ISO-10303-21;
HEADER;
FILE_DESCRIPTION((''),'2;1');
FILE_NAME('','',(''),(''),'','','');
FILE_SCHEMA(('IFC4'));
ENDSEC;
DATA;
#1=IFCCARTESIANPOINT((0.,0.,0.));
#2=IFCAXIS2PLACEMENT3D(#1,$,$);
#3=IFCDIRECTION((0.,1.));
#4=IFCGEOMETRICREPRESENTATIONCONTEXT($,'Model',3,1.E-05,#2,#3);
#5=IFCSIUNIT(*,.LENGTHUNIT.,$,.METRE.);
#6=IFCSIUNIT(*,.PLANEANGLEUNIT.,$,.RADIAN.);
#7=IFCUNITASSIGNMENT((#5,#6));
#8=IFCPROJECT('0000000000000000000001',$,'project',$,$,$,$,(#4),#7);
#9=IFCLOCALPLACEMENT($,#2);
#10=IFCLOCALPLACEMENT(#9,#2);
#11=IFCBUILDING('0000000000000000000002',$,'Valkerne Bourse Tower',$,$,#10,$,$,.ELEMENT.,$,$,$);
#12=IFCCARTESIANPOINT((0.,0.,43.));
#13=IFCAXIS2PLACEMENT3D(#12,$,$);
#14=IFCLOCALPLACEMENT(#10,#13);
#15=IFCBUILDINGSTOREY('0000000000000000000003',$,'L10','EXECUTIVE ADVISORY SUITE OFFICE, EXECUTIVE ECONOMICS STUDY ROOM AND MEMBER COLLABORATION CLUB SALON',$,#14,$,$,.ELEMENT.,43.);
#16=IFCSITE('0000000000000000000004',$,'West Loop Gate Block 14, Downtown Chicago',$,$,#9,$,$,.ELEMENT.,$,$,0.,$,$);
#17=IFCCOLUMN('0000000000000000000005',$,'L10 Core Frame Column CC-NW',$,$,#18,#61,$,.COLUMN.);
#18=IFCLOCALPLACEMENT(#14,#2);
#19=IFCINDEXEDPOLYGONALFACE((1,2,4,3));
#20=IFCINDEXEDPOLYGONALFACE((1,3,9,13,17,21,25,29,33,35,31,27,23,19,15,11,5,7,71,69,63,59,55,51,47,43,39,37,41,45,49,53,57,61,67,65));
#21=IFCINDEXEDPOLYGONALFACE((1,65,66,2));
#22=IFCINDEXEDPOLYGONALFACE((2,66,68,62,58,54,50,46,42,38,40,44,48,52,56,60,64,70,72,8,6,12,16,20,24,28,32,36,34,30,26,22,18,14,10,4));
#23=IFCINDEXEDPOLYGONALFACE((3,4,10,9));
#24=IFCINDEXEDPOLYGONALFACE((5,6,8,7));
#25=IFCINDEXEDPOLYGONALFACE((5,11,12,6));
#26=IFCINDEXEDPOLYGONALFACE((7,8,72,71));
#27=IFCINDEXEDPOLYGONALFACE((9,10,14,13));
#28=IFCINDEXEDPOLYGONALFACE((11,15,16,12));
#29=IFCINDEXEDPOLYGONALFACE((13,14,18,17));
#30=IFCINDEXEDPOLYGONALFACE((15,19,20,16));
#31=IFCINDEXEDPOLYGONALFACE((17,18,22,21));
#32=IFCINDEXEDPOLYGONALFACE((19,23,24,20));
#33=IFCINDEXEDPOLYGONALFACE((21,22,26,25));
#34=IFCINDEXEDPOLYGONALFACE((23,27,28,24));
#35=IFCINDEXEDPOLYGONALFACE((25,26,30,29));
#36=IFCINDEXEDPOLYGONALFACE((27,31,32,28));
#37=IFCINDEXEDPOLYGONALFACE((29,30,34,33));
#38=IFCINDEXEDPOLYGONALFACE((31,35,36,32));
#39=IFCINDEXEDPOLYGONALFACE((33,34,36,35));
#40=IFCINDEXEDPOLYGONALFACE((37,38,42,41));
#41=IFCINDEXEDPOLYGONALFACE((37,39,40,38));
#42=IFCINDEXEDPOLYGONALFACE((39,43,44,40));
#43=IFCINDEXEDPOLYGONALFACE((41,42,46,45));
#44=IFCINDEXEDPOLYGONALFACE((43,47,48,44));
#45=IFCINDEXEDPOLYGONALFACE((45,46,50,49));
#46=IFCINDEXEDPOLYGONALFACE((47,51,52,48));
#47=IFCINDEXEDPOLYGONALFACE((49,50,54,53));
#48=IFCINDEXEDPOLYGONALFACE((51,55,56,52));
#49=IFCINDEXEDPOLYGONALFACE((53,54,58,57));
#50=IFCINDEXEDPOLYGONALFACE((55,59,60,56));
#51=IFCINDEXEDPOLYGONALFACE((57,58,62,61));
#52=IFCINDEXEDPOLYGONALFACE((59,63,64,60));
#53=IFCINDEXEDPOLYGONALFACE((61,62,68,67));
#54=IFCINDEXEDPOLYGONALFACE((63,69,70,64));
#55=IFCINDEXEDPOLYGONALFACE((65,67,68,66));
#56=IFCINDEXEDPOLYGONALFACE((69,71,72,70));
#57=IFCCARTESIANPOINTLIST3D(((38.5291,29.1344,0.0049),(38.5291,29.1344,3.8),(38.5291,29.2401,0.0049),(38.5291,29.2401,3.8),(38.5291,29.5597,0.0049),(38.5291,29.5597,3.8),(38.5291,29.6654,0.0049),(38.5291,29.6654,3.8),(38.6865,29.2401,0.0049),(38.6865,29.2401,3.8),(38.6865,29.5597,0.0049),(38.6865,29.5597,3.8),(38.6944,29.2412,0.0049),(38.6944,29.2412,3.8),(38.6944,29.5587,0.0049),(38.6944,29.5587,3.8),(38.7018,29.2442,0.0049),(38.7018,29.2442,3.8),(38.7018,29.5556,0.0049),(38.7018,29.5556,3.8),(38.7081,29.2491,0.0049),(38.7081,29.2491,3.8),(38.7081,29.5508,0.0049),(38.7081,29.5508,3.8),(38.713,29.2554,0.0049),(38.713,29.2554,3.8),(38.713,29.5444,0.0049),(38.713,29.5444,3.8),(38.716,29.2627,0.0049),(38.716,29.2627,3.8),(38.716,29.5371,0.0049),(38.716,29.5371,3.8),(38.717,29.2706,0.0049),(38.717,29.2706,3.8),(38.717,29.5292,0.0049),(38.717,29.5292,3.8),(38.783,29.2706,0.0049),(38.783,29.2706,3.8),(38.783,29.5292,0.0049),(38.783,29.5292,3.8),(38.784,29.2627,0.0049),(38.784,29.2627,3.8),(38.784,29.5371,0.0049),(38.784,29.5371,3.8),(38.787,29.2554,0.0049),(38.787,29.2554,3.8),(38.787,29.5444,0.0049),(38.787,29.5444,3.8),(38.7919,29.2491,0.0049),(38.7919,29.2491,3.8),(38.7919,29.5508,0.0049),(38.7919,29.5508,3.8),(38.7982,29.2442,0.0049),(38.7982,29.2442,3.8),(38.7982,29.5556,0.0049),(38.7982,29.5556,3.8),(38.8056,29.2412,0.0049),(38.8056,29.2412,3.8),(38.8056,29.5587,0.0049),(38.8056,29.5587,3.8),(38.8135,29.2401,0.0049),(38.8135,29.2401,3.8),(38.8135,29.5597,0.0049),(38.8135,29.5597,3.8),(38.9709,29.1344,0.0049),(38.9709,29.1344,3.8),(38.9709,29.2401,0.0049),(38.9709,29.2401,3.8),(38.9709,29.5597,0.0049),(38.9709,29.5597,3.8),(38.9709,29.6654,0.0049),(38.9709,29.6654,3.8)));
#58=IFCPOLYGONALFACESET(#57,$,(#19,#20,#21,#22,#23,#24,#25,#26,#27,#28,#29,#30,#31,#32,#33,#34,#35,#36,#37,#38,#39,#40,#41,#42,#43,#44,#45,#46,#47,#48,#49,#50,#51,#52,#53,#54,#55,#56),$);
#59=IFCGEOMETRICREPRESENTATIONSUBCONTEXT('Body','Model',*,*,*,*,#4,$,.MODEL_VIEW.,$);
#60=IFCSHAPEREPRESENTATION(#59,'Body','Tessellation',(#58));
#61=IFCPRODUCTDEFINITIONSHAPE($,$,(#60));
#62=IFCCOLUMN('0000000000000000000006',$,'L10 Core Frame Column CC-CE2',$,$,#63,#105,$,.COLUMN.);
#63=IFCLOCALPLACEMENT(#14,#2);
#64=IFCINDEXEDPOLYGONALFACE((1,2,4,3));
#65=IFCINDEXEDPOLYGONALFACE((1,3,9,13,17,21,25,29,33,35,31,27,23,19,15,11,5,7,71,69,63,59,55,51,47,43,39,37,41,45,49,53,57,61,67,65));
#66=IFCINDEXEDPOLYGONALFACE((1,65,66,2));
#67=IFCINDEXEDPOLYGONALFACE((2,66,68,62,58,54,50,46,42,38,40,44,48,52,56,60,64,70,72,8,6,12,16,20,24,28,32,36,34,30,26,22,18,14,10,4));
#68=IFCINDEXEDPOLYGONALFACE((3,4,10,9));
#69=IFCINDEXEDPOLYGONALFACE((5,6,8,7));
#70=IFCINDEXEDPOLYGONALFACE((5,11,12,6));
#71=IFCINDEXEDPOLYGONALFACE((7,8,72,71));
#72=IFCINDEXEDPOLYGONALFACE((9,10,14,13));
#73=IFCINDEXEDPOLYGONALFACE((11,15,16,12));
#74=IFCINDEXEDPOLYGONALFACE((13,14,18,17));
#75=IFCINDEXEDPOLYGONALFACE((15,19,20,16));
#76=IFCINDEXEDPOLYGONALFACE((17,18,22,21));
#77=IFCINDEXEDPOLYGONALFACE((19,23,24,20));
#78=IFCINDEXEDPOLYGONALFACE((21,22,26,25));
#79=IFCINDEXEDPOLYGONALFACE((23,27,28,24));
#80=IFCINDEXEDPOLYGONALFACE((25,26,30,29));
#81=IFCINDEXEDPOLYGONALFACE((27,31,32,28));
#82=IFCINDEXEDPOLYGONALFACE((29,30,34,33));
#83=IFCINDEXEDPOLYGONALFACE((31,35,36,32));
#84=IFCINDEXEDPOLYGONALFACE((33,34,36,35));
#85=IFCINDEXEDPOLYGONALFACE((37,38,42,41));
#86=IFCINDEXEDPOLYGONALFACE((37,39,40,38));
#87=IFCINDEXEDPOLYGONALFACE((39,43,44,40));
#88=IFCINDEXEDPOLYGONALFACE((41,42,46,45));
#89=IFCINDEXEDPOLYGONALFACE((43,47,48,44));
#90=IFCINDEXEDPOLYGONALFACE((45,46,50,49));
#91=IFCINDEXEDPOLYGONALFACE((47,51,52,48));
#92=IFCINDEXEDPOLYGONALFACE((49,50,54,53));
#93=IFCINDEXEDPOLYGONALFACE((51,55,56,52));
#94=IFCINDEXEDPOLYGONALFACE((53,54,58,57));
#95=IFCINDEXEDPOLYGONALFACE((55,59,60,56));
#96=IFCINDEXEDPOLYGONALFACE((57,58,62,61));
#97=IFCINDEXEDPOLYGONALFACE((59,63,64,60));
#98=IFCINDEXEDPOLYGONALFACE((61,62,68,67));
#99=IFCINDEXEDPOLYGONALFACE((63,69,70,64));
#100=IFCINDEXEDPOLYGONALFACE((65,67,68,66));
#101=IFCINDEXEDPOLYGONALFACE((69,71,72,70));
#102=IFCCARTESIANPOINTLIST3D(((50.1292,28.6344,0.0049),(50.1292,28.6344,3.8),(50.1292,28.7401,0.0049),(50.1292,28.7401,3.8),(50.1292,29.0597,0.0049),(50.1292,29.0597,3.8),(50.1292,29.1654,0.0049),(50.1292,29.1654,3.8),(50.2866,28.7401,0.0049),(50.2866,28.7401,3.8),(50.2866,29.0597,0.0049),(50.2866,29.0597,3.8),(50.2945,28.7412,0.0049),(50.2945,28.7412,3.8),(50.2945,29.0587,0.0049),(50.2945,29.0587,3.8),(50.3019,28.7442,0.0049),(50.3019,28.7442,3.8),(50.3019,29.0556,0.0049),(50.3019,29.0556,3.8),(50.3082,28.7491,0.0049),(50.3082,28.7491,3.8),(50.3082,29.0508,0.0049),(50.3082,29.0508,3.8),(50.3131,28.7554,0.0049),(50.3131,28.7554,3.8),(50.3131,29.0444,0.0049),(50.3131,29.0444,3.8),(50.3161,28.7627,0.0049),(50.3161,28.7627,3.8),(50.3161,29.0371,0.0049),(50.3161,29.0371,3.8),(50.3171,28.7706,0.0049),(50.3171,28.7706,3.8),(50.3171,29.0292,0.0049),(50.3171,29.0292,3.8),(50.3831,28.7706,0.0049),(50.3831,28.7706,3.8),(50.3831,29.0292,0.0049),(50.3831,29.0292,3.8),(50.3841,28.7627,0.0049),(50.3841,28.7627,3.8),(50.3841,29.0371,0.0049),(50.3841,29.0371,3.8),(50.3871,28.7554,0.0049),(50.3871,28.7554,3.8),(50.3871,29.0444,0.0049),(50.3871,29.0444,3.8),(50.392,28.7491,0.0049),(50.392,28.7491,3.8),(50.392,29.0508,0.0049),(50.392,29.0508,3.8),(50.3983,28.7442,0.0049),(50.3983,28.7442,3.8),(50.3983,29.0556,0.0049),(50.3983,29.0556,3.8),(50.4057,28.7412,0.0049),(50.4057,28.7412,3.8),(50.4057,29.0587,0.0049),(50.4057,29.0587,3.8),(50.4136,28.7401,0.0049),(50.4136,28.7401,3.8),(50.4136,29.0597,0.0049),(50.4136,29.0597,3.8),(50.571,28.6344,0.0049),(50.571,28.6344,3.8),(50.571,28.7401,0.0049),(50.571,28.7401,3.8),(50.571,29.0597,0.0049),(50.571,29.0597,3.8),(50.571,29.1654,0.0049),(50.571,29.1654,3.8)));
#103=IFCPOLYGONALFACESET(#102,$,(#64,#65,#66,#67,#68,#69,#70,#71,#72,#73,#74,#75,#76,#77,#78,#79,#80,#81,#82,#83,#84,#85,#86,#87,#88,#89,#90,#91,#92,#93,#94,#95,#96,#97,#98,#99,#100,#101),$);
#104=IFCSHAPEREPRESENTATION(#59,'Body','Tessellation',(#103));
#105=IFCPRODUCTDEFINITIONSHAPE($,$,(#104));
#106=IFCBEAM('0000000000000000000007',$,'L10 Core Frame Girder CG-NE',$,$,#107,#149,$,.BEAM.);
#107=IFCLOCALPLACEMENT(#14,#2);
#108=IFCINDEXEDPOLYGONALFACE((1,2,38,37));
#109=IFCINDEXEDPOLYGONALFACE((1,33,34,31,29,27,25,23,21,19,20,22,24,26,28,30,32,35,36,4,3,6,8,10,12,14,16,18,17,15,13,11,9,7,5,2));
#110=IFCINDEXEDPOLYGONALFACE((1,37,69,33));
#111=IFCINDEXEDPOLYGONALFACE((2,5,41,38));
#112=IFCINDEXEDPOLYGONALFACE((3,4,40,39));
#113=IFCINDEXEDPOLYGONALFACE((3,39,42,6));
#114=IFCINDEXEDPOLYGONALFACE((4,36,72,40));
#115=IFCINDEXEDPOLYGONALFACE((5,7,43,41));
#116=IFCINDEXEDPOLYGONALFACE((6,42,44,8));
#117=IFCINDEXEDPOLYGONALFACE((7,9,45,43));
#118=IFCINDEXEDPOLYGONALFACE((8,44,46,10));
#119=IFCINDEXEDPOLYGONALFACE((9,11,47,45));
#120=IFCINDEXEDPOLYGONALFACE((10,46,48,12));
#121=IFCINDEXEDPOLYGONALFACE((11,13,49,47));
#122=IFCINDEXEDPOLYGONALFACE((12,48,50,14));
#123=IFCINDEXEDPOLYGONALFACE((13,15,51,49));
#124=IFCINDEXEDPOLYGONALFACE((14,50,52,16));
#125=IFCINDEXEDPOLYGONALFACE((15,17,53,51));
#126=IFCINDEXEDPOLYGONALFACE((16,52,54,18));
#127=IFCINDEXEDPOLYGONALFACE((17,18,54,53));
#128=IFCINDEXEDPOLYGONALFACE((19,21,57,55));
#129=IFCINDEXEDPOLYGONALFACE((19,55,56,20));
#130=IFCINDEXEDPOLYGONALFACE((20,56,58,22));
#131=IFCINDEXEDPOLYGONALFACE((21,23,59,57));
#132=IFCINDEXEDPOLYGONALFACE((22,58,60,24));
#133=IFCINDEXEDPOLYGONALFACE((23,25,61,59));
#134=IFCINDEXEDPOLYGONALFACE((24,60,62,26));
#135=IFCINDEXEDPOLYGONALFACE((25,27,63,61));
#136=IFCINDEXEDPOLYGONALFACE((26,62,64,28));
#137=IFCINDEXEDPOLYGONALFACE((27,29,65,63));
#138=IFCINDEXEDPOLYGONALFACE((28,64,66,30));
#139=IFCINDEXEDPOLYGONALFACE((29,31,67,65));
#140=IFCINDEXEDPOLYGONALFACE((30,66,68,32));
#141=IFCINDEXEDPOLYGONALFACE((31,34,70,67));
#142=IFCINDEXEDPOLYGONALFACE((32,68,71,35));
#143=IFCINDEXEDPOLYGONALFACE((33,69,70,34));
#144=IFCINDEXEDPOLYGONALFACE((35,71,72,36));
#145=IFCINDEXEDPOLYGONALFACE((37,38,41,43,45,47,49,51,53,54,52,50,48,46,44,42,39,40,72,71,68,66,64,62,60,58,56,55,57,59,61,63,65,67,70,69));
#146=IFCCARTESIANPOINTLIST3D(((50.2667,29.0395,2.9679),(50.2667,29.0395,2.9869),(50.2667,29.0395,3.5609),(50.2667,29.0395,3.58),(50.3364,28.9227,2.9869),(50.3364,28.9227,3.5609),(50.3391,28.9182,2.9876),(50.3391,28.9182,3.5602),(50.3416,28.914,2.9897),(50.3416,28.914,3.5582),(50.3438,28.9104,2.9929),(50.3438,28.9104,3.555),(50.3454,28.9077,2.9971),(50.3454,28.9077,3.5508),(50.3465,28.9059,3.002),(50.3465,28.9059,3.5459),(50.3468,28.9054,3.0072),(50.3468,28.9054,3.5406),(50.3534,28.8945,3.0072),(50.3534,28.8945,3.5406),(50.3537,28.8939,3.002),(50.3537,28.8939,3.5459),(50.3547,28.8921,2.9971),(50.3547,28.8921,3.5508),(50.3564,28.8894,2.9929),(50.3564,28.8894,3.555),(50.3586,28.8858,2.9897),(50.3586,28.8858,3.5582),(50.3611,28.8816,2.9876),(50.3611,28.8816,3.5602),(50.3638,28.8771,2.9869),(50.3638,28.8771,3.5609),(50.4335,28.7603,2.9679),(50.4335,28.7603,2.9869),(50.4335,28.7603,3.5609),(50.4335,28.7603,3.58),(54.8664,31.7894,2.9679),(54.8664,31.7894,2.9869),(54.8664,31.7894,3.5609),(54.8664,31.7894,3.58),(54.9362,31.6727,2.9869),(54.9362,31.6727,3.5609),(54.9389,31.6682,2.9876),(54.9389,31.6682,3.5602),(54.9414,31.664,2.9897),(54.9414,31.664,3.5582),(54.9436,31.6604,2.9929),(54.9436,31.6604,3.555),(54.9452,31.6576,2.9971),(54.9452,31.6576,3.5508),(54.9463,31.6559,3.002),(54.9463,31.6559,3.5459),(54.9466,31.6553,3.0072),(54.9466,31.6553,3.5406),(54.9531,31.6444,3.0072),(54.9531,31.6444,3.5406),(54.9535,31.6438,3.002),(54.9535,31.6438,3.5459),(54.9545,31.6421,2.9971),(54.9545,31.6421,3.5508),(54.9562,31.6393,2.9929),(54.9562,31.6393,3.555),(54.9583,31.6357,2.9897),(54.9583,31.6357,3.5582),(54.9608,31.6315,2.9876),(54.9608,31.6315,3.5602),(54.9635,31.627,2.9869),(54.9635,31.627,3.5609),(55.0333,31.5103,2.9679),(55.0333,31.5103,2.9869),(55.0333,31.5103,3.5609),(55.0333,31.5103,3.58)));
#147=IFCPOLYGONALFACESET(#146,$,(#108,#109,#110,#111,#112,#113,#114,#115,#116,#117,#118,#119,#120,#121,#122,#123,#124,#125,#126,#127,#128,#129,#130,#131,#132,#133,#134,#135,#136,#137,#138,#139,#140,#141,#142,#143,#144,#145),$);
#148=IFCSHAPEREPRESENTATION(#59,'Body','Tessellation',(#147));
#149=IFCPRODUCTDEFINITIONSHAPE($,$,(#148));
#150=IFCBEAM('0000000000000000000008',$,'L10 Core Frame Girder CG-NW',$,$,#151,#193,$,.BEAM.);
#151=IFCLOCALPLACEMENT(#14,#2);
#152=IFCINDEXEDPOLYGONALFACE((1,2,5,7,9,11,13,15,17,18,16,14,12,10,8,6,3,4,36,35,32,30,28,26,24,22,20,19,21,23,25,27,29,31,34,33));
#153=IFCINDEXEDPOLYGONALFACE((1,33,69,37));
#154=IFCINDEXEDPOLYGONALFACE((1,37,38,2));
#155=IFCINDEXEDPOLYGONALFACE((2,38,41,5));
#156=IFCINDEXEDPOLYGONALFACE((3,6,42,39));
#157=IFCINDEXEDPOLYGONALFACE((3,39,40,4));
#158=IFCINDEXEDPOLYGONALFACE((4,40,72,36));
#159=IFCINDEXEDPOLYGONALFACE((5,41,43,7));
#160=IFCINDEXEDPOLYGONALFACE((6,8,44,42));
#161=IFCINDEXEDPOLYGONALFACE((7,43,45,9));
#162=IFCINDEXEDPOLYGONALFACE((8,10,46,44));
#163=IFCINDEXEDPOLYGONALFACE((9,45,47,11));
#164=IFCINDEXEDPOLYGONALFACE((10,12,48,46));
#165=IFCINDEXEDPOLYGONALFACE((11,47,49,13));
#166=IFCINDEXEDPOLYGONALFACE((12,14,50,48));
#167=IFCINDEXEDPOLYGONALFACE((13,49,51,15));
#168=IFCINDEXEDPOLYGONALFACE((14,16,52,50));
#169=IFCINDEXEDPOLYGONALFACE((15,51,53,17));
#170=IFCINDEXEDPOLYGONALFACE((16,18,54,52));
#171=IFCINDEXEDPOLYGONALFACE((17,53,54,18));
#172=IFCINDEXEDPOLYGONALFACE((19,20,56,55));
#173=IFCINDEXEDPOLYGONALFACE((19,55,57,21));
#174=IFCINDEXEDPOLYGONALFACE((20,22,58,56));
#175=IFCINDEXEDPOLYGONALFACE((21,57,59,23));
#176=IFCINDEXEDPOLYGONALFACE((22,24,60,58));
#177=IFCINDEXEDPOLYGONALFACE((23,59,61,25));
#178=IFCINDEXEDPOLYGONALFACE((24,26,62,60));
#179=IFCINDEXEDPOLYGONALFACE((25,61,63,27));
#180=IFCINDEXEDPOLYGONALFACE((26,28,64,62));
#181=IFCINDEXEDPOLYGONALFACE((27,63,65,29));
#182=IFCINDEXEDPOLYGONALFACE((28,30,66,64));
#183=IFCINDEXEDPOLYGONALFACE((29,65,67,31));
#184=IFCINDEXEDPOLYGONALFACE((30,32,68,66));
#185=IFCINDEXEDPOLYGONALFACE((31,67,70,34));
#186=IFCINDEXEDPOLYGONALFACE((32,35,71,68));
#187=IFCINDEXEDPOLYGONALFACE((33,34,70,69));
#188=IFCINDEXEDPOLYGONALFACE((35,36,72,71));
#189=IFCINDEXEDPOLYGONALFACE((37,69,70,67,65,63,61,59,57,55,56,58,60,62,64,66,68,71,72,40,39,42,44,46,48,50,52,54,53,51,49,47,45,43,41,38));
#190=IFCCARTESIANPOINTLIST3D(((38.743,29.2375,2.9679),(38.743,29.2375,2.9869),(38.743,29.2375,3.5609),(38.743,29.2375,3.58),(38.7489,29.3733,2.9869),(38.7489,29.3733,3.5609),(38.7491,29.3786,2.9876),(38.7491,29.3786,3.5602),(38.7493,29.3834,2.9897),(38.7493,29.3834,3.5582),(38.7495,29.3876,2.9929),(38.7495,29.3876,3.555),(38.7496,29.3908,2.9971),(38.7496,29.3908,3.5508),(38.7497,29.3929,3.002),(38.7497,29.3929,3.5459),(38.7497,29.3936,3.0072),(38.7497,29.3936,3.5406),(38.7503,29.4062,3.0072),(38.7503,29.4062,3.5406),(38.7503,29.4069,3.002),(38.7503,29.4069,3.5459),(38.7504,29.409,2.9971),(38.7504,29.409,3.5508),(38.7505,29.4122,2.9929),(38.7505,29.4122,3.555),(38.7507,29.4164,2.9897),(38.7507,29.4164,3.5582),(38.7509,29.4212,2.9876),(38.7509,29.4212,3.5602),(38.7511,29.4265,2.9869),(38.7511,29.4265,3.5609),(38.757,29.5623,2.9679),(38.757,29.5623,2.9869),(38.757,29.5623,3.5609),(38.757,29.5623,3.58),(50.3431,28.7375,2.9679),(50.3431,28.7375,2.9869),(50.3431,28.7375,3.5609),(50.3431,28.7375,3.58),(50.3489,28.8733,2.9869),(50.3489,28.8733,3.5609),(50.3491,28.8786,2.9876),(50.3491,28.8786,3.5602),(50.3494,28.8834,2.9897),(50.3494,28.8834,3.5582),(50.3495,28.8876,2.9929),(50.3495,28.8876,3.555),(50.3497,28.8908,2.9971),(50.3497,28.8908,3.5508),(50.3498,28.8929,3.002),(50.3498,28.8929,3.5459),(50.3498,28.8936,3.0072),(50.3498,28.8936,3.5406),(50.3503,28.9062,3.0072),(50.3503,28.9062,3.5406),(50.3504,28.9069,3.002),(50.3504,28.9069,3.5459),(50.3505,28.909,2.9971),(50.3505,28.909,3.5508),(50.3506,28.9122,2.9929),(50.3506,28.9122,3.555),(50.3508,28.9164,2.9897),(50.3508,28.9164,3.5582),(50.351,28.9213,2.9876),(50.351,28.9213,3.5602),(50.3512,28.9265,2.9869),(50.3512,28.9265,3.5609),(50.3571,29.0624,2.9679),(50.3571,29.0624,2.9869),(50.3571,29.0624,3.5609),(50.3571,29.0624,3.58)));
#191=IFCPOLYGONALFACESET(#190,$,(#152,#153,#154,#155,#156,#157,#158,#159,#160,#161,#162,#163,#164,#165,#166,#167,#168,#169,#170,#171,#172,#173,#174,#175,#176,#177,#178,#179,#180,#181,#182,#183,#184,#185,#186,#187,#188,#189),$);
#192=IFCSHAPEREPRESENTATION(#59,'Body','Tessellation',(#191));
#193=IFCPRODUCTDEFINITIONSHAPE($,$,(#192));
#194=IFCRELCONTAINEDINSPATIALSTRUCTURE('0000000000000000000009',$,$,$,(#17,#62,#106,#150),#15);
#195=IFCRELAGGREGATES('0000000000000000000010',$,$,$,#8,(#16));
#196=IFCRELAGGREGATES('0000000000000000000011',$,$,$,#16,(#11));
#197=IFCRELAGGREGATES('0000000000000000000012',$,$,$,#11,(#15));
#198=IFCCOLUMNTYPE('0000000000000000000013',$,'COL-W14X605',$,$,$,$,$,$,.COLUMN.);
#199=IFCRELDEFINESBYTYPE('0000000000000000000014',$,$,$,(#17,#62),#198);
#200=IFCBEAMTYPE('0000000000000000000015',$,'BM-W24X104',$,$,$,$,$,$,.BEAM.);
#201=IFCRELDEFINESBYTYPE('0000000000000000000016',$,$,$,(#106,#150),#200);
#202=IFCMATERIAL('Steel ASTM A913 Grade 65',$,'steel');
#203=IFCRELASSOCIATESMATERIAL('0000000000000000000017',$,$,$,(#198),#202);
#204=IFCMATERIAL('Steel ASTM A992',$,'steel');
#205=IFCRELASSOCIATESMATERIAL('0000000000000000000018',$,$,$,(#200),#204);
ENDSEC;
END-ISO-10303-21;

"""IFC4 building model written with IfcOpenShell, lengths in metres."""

from ifc_helpers import new_model, si_unit, direction, frame, origin, origin_2d, place, context, subcontext, project, spatial, i_section, extrude, material, material_profile, profile_set, type_object, element, save


model = new_model("IFC4")

# Units and contexts
model_context = context("Model", 3, precision=1e-05, world=origin(), true_north=direction((0.0, 1.0)))
body_context = subcontext(model_context, "Body", "Model", "MODEL_VIEW")
ifc_project = project(units=[si_unit("LENGTHUNIT", "METRE"), si_unit("PLANEANGLEUNIT", "RADIAN")], contexts=[model_context])

# Site, building, storey
site_placement = place(None, origin())
site = spatial("IfcSite", under=ifc_project, at=site_placement, Name="West Loop Gate Block 14, Downtown Chicago", CompositionType="ELEMENT", RefElevation=0.0)
building_placement = place(site_placement, origin())
building = spatial("IfcBuilding", under=site, at=building_placement, Name="Valkerne Bourse Tower", CompositionType="ELEMENT")
storey_placement = place(building_placement, frame((0.0, 0.0, 43.0)))
storey = spatial("IfcBuildingStorey", under=building, at=storey_placement, Name="L10", Description="EXECUTIVE ADVISORY SUITE OFFICE, EXECUTIVE ECONOMICS STUDY ROOM AND MEMBER COLLABORATION CLUB SALON", CompositionType="ELEMENT", Elevation=43.0)

# Columns
ifc_material_1 = material(Name="Steel ASTM A913 Grade 65", Category="steel")
ifc_material_profile_1 = material_profile(ifc_material_1, i_section(OverallWidth=0.4419, OverallDepth=0.531, WebThickness=0.0659, FlangeThickness=0.1057, FilletRadius=0.0305, at=origin_2d()), Name="W14X605")
ifc_profile_set_1 = profile_set([ifc_material_profile_1], Name="Steel ASTM A913 Grade 65")
column_type = type_object("IfcColumnType", Name="COL-W14X605", PredefinedType="COLUMN", material=ifc_profile_set_1)
for number, where, z_axis, x_axis, name in (
    (1, (38.75, 29.3999, 0.0049), (0.0, 0.0, 1.0), (1.0, 0.0, 0.0), "L10 Core Frame Column CC-NW"),
    (2, (50.3501, 28.8999, 0.0049), (0.0, 0.0, 1.0), (1.0, 0.0, 0.0), "L10 Core Frame Column CC-CE2"),
):
    element("IfcColumn", number, at=place(storey_placement, frame(where, z_axis=z_axis, x_axis=x_axis)), inside=storey, type_object=column_type, Name=name, PredefinedType="COLUMN", context=body_context, shape_type="SweptSolid", body=[
        extrude(i_section(OverallWidth=0.4419, OverallDepth=0.531, WebThickness=0.0659, FlangeThickness=0.1057, FilletRadius=0.0305, at=origin_2d()), origin(), (0.0, 0.0, 1.0), 3.7952),
    ])

# Beams
ifc_material_2 = material(Name="Steel ASTM A992", Category="steel")
ifc_material_profile_2 = material_profile(ifc_material_2, i_section(OverallWidth=0.3252, OverallDepth=0.6121, WebThickness=0.0127, FlangeThickness=0.019, FilletRadius=0.0203, at=origin_2d()), Name="W24X104")
ifc_profile_set_2 = profile_set([ifc_material_profile_2], Name="Steel ASTM A992")
beam_type = type_object("IfcBeamType", Name="BM-W24X104", PredefinedType="BEAM", material=ifc_profile_set_2)
beam_1_placement = place(storey_placement, frame((50.3501, 28.8999, 3.2739), z_axis=(0.858308, 0.513135, 0.0), x_axis=(-0.513135, 0.858308, 0.0)))
element("IfcBeam", 3, at=beam_1_placement, inside=storey, type_object=beam_type, Name="L10 Core Frame Girder CG-NE", PredefinedType="BEAM", context=body_context, shape_type="SweptSolid", body=[
    extrude(i_section(OverallWidth=0.3252, OverallDepth=0.6121, WebThickness=0.0127, FlangeThickness=0.019, FilletRadius=0.0203, at=origin_2d()), origin(), (0.0, 0.0, 1.0), 5.3591),
])
beam_2_placement = place(storey_placement, frame((38.75, 29.3999, 3.2739), z_axis=(0.999072, -0.043063, 0.0), x_axis=(0.043063, 0.999072, 0.0)))
element("IfcBeam", 4, at=beam_2_placement, inside=storey, type_object=beam_type, Name="L10 Core Frame Girder CG-NW", PredefinedType="BEAM", context=body_context, shape_type="SweptSolid", body=[
    extrude(i_section(OverallWidth=0.3252, OverallDepth=0.6121, WebThickness=0.0127, FlangeThickness=0.019, FilletRadius=0.0203, at=origin_2d()), origin(), (0.0, 0.0, 1.0), 11.6108),
])

save(model, "model.ifc")
